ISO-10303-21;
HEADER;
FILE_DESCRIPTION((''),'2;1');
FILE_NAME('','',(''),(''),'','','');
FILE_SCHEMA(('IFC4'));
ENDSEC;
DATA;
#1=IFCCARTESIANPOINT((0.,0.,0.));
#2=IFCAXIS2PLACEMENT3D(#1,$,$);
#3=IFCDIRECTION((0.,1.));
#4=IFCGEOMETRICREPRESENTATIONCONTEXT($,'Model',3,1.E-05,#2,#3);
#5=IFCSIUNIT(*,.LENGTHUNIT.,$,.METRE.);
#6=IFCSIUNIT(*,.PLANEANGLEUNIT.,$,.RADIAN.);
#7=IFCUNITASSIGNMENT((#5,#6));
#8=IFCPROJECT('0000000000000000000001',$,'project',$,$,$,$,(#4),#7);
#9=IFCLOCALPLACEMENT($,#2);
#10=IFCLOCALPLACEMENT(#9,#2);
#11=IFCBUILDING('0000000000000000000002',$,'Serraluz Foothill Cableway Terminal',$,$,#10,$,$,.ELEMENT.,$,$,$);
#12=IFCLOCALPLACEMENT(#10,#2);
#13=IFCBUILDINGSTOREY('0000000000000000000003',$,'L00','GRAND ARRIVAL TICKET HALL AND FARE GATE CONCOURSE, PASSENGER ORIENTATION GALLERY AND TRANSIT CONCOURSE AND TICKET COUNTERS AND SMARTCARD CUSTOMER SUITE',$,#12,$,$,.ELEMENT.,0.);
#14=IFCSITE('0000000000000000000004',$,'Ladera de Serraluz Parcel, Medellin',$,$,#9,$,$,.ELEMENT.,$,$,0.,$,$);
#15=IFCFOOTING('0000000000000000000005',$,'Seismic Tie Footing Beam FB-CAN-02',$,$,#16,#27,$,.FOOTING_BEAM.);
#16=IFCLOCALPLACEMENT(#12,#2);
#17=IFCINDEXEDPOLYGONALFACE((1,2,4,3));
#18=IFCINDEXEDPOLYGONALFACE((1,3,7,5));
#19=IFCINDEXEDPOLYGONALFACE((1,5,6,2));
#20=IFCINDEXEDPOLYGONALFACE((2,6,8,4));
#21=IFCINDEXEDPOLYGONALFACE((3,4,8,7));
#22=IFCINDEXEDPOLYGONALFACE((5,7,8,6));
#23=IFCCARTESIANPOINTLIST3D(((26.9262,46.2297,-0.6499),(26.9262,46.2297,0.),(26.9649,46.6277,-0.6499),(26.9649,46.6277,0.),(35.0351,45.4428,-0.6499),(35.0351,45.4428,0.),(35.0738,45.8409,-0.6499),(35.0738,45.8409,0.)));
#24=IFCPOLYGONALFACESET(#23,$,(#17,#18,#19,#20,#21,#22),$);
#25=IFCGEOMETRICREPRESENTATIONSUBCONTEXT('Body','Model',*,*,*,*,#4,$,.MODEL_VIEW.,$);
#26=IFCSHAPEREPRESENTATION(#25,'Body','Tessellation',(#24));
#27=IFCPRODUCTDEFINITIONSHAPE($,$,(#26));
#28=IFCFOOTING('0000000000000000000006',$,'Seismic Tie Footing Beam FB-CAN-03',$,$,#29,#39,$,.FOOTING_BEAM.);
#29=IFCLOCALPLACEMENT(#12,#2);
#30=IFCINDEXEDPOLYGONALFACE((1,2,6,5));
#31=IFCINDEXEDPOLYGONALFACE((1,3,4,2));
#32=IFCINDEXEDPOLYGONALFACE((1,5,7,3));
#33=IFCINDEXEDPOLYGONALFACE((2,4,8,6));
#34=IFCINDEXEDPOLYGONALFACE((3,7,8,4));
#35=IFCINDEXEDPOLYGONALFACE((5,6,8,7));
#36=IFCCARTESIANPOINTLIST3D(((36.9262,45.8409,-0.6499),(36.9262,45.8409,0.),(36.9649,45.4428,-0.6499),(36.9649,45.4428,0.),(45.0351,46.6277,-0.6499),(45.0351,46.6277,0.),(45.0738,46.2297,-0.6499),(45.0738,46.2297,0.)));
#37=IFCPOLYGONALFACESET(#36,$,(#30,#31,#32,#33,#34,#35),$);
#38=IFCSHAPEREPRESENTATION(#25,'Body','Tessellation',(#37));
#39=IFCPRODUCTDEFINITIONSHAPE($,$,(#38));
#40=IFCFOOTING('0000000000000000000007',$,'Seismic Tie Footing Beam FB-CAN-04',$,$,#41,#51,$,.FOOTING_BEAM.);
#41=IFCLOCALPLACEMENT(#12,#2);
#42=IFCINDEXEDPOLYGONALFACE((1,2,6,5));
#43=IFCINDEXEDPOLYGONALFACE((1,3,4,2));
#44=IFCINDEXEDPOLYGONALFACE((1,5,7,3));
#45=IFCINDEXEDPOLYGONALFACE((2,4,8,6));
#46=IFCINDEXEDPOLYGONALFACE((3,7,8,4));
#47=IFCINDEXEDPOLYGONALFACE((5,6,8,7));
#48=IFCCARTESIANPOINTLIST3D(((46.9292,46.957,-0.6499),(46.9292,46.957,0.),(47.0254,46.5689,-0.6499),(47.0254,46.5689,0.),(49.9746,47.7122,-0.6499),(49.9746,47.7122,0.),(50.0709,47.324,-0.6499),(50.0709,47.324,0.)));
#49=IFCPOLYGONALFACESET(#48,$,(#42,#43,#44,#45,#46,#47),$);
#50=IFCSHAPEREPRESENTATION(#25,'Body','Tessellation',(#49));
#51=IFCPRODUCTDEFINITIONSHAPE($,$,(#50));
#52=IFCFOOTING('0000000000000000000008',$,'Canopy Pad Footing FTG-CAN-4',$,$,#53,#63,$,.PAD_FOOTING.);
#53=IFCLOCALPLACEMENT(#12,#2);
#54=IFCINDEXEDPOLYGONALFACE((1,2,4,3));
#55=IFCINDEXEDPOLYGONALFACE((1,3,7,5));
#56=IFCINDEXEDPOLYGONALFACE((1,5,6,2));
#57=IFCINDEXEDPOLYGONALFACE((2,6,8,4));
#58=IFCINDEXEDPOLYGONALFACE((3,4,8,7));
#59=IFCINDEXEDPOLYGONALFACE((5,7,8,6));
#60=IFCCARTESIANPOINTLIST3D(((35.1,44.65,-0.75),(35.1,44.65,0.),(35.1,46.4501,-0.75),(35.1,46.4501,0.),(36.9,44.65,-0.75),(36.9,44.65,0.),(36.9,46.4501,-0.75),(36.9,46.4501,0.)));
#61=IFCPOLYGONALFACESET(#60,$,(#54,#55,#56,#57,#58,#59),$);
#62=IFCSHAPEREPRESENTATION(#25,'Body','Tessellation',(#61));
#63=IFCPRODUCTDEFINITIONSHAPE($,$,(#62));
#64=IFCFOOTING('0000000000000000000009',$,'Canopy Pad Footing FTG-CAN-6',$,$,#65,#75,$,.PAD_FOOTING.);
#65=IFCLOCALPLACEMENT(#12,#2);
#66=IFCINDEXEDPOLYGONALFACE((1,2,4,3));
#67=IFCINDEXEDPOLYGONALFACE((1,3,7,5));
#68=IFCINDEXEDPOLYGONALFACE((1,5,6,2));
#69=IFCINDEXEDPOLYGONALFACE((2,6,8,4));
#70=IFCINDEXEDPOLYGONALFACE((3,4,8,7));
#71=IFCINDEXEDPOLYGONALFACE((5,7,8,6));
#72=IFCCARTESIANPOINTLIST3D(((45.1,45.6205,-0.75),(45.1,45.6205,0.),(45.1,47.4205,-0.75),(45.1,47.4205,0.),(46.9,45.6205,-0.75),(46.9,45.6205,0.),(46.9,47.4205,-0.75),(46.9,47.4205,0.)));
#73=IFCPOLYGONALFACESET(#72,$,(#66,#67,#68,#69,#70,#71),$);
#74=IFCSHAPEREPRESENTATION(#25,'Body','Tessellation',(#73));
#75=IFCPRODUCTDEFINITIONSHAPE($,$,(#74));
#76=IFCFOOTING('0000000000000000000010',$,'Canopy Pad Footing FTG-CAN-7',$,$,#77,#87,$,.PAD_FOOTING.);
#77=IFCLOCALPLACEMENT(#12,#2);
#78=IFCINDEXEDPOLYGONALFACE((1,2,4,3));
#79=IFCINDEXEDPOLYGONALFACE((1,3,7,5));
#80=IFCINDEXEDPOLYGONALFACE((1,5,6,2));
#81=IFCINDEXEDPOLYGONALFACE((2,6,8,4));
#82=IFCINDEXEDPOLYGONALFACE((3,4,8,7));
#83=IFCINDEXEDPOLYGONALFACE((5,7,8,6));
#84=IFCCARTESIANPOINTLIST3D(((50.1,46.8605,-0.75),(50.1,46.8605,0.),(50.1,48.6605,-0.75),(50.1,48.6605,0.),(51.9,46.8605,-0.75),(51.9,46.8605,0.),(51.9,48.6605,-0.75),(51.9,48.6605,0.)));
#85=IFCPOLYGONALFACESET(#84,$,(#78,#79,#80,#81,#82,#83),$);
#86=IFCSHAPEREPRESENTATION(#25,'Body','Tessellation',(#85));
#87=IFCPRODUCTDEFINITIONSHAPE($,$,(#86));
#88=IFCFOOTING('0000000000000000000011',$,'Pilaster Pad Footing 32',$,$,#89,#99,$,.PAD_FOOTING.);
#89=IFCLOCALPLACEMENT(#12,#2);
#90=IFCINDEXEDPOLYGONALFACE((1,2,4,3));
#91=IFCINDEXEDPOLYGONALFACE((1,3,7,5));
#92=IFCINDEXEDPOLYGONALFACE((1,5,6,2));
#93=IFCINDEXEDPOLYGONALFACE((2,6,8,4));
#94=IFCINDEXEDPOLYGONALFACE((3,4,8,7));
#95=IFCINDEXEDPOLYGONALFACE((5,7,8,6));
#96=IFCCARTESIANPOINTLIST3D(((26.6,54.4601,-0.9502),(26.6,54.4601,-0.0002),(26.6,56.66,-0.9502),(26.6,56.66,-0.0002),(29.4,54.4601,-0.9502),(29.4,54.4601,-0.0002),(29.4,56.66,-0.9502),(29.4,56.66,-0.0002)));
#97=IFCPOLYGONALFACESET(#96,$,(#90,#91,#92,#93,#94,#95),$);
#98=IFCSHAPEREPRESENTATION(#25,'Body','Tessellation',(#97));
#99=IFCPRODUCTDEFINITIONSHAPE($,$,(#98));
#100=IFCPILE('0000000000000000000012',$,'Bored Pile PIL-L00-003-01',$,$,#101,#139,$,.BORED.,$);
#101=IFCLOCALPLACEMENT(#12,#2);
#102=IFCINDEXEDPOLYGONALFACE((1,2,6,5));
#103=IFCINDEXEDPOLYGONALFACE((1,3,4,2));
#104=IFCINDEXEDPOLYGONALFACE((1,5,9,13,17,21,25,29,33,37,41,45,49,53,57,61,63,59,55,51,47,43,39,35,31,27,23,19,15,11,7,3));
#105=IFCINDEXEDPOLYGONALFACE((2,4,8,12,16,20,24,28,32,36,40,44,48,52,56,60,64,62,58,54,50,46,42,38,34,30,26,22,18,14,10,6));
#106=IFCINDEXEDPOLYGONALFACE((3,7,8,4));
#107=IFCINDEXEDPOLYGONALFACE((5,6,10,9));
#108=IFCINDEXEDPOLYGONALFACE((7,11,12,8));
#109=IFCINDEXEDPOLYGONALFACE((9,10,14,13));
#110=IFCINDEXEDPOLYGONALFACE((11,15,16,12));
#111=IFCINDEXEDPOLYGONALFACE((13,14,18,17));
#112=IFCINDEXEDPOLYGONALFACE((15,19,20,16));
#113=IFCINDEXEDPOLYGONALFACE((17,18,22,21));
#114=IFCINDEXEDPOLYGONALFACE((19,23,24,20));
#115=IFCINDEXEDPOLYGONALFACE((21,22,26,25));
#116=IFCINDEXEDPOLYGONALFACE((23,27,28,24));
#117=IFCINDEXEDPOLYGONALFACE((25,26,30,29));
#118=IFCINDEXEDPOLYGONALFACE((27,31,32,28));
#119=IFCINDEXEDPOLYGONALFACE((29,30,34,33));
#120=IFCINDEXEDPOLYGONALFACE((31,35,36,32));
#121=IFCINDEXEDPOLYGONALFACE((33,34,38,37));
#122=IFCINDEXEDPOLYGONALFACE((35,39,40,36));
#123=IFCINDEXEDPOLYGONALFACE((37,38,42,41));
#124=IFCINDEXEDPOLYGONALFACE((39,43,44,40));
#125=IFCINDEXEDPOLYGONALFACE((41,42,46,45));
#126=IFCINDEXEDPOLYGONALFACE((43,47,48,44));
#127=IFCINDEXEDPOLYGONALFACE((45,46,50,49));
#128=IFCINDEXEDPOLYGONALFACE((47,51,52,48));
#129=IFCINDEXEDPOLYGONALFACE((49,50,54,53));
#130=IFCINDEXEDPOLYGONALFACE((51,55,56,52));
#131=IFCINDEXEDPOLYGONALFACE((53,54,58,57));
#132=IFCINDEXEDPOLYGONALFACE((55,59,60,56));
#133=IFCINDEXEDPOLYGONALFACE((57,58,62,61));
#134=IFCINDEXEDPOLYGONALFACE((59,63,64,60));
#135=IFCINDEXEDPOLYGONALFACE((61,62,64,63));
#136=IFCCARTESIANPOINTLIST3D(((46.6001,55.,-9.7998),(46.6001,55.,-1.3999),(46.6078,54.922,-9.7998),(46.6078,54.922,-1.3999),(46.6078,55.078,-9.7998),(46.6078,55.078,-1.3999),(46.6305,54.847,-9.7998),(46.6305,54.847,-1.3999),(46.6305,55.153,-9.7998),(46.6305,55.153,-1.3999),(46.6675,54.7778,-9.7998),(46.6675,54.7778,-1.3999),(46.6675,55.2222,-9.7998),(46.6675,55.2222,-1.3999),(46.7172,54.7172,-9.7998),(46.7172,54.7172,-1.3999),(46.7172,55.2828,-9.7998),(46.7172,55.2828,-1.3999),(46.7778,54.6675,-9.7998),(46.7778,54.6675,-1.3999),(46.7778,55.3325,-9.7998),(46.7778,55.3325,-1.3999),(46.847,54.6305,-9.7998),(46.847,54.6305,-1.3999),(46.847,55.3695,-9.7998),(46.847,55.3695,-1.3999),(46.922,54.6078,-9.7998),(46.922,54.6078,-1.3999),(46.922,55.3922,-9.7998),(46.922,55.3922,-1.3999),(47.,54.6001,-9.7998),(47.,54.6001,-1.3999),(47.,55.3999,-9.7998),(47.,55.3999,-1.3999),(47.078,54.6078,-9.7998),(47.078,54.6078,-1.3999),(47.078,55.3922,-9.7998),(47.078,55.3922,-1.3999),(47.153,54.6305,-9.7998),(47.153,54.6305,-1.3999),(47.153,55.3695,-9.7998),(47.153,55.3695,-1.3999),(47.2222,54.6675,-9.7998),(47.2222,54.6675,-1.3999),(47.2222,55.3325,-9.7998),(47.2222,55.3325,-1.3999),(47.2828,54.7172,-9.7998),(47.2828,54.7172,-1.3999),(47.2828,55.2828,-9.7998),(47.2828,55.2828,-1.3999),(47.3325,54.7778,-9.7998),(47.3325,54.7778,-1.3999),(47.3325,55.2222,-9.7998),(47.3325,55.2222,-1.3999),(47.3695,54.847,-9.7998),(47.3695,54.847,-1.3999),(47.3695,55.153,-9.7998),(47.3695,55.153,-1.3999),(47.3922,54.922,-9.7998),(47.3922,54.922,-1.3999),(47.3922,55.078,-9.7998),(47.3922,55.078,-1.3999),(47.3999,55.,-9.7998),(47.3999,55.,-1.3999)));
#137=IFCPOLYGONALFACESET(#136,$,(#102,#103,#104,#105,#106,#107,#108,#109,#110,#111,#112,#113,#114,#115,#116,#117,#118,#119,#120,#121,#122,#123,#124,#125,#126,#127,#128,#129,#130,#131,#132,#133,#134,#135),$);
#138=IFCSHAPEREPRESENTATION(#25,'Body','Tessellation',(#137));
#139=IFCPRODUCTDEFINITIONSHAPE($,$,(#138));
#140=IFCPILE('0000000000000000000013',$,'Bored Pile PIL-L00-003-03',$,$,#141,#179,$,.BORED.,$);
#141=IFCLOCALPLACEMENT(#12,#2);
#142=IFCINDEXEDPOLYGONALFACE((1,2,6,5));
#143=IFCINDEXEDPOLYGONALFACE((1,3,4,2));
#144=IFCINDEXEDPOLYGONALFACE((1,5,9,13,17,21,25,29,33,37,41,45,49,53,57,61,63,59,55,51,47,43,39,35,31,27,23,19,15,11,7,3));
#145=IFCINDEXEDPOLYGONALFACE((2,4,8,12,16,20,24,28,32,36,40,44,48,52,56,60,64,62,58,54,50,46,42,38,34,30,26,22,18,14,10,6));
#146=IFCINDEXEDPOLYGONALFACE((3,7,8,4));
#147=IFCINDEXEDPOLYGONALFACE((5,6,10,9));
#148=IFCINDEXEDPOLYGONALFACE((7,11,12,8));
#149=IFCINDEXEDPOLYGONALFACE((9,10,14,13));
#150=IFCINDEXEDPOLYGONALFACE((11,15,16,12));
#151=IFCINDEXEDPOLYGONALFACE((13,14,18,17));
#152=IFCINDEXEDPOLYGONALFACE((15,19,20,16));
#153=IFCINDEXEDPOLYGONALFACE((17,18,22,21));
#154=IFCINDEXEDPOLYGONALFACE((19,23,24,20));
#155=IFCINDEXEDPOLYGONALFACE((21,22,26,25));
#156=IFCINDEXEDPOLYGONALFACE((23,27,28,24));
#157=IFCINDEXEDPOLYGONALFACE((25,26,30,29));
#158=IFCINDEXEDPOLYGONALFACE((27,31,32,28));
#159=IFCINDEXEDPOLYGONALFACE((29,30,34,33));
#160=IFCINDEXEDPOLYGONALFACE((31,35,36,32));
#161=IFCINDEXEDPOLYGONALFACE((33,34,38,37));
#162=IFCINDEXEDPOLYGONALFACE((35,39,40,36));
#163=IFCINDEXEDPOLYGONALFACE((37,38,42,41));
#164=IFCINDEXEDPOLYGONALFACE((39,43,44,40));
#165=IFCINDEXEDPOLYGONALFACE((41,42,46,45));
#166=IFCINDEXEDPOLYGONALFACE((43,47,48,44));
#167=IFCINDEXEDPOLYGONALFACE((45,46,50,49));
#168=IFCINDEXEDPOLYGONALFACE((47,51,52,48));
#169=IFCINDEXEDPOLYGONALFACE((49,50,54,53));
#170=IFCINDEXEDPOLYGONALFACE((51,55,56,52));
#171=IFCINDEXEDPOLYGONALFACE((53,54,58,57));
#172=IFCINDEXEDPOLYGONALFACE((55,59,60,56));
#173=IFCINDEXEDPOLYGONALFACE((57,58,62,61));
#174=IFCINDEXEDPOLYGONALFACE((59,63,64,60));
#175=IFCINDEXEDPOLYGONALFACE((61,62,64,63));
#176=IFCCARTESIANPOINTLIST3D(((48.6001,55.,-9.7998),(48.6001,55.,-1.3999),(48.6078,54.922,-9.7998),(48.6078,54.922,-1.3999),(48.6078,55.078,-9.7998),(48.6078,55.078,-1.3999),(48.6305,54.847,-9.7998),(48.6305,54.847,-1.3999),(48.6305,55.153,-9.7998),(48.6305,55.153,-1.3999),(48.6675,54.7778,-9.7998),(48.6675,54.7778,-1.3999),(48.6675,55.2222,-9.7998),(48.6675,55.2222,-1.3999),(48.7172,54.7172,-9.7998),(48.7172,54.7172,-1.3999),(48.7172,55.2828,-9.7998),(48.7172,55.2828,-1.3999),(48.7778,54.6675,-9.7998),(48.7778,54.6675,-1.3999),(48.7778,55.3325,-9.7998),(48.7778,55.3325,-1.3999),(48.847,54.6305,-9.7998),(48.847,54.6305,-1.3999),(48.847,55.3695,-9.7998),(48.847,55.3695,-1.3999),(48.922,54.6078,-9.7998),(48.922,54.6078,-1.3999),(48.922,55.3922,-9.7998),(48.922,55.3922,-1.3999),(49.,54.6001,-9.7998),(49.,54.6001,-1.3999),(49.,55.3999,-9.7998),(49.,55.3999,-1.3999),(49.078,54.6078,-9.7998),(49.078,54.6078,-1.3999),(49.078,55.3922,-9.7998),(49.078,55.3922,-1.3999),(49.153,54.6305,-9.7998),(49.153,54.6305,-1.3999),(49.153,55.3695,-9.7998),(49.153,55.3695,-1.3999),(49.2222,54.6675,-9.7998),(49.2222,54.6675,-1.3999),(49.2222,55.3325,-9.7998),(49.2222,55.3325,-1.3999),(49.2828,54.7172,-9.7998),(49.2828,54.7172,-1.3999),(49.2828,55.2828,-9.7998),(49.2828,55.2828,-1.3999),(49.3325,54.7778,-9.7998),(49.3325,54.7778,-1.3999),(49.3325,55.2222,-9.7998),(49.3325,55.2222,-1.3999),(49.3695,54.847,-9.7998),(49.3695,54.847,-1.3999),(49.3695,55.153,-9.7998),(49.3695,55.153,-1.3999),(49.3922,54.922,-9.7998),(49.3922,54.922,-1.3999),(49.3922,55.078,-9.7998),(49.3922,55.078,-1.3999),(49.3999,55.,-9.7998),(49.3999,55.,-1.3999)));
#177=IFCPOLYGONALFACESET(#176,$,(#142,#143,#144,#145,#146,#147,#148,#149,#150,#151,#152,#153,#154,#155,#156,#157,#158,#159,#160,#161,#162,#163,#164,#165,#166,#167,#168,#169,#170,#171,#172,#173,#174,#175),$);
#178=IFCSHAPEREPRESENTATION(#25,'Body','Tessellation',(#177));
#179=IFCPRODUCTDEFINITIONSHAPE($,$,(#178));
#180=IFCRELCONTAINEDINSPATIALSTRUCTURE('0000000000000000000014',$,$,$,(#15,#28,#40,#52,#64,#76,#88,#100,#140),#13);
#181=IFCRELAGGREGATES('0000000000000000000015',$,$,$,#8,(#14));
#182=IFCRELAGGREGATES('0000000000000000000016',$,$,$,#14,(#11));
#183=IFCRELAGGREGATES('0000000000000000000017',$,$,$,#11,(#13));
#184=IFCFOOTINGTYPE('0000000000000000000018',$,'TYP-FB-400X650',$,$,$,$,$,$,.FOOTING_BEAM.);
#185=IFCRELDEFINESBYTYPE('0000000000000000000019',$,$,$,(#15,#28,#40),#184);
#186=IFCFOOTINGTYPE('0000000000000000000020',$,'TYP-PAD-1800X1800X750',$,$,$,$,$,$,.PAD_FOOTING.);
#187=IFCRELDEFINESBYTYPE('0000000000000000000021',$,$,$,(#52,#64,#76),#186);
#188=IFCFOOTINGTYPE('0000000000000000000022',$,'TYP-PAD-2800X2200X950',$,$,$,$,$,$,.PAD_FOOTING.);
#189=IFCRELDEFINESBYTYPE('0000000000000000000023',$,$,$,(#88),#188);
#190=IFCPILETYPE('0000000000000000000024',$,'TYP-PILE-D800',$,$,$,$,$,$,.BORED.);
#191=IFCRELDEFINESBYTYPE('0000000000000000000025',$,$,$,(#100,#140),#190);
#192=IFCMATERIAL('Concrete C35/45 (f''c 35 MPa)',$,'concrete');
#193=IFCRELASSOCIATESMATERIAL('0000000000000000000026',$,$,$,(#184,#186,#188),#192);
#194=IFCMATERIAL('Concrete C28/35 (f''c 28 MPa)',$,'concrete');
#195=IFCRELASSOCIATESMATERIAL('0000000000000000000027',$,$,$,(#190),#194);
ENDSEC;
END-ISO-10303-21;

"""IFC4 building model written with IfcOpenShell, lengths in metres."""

from ifc_helpers import new_model, si_unit, direction, frame, origin, origin_2d, place, context, subcontext, project, spatial, rectangle, circle, extrude, material, material_profile, profile_set, type_object, element, save


model = new_model("IFC4")

# Units and contexts
model_context = context("Model", 3, precision=1e-05, world=origin(), true_north=direction((0.0, 1.0)))
body_context = subcontext(model_context, "Body", "Model", "MODEL_VIEW")
ifc_project = project(units=[si_unit("LENGTHUNIT", "METRE"), si_unit("PLANEANGLEUNIT", "RADIAN")], contexts=[model_context])

# Site, building, storey
site_placement = place(None, origin())
site = spatial("IfcSite", under=ifc_project, at=site_placement, Name="Ladera de Serraluz Parcel, Medellin", CompositionType="ELEMENT", RefElevation=0.0)
building_placement = place(site_placement, origin())
building = spatial("IfcBuilding", under=site, at=building_placement, Name="Serraluz Foothill Cableway Terminal", CompositionType="ELEMENT")
storey_placement = place(building_placement, origin())
storey = spatial("IfcBuildingStorey", under=building, at=storey_placement, Name="L00", Description="GRAND ARRIVAL TICKET HALL AND FARE GATE CONCOURSE, PASSENGER ORIENTATION GALLERY AND TRANSIT CONCOURSE AND TICKET COUNTERS AND SMARTCARD CUSTOMER SUITE", CompositionType="ELEMENT", Elevation=0.0)

# Footings
ifc_material_1 = material(Name="Concrete C35/45 (f'c 35 MPa)", Category="concrete")
ifc_material_profile_1 = material_profile(ifc_material_1, rectangle(XDim=0.3999, YDim=0.6499, at=origin_2d()), Name="RC 400x650")
ifc_profile_set_1 = profile_set([ifc_material_profile_1], Name="Concrete C35/45 (f'c 35 MPa)")
footing_type_1 = type_object("IfcFootingType", Name="TYP-FB-400X650", PredefinedType="FOOTING_BEAM", material=ifc_profile_set_1)
for number, where, z_axis, x_axis, name in (
    (1, (26.9456, 46.4287, -0.325), (0.995325, -0.096584, 0.0), (0.096584, 0.995325, 0.0), "Seismic Tie Footing Beam FB-CAN-02"),
    (2, (36.9456, 45.6418, -0.325), (0.995325, 0.096584, 0.0), (-0.096584, 0.995325, 0.0), "Seismic Tie Footing Beam FB-CAN-03"),
):
    element("IfcFooting", number, at=place(storey_placement, frame(where, z_axis=z_axis, x_axis=x_axis)), inside=storey, type_object=footing_type_1, Name=name, PredefinedType="FOOTING_BEAM", context=body_context, shape_type="SweptSolid", body=[
        extrude(rectangle(XDim=0.3999, YDim=0.6499, at=origin_2d()), origin(), (0.0, 0.0, 1.0), 8.147),
    ])
footing_1_placement = place(storey_placement, frame((46.9773, 46.7629, -0.325), z_axis=(0.970608, 0.240668, 0.0), x_axis=(-0.240668, 0.970608, 0.0)))
element("IfcFooting", 3, at=footing_1_placement, inside=storey, type_object=footing_type_1, Name="Seismic Tie Footing Beam FB-CAN-04", PredefinedType="FOOTING_BEAM", context=body_context, shape_type="SweptSolid", body=[
    extrude(rectangle(XDim=0.3999, YDim=0.6499, at=origin_2d()), origin(), (0.0, 0.0, 1.0), 3.1377),
])
footing_type_2 = type_object("IfcFootingType", Name="TYP-PAD-1800X1800X750", PredefinedType="PAD_FOOTING", material=ifc_material_1)
for number, where, z_axis, x_axis, name in (
    (4, (36.0, 45.55, -0.75), (0.0, 0.0, 1.0), (1.0, 0.0, 0.0), "Canopy Pad Footing FTG-CAN-4"),
    (5, (46.0, 46.5205, -0.75), (0.0, 0.0, 1.0), (1.0, 0.0, 0.0), "Canopy Pad Footing FTG-CAN-6"),
    (6, (51.0, 47.7605, -0.75), (0.0, 0.0, 1.0), (1.0, 0.0, 0.0), "Canopy Pad Footing FTG-CAN-7"),
):
    element("IfcFooting", number, at=place(storey_placement, frame(where, z_axis=z_axis, x_axis=x_axis)), inside=storey, type_object=footing_type_2, Name=name, PredefinedType="PAD_FOOTING", context=body_context, shape_type="SweptSolid", body=[
        extrude(rectangle(XDim=1.8, YDim=1.8, at=origin_2d()), origin(), (0.0, 0.0, 1.0), 0.75),
    ])
footing_type_3 = type_object("IfcFootingType", Name="TYP-PAD-2800X2200X950", PredefinedType="PAD_FOOTING", material=ifc_material_1)
footing_2_placement = place(storey_placement, frame((28.0, 55.5601, -0.9502), z_axis=(0.0, 0.0, 1.0), x_axis=(1.0, 0.0, 0.0)))
element("IfcFooting", 7, at=footing_2_placement, inside=storey, type_object=footing_type_3, Name="Pilaster Pad Footing 32", PredefinedType="PAD_FOOTING", context=body_context, shape_type="SweptSolid", body=[
    extrude(rectangle(XDim=2.8, YDim=2.2, at=origin_2d()), origin(), (0.0, 0.0, 1.0), 0.95),
])

# Piles
ifc_material_2 = material(Name="Concrete C28/35 (f'c 28 MPa)", Category="concrete")
ifc_material_profile_2 = material_profile(ifc_material_2, circle(Radius=0.3999, at=origin_2d()), Name="BORED PILE D800")
ifc_profile_set_2 = profile_set([ifc_material_profile_2], Name="Concrete C28/35 (f'c 28 MPa)")
pile_type_1 = type_object("IfcPileType", Name="TYP-PILE-D800", PredefinedType="BORED", material=ifc_profile_set_2)
for number, where, z_axis, x_axis, name in (
    (8, (47.0, 55.0, -1.3999), (0.0, 0.0, -1.0), (1.0, 0.0, 0.0), "Bored Pile PIL-L00-003-01"),
    (9, (49.0, 55.0, -1.3999), (0.0, 0.0, -1.0), (1.0, 0.0, 0.0), "Bored Pile PIL-L00-003-03"),
):
    element("IfcPile", number, at=place(storey_placement, frame(where, z_axis=z_axis, x_axis=x_axis)), inside=storey, type_object=pile_type_1, Name=name, PredefinedType="BORED", context=body_context, shape_type="SweptSolid", body=[
        extrude(circle(Radius=0.3999, at=origin_2d()), origin(), (0.0, 0.0, 1.0), 8.3999),
    ])

save(model, "model.ifc")
